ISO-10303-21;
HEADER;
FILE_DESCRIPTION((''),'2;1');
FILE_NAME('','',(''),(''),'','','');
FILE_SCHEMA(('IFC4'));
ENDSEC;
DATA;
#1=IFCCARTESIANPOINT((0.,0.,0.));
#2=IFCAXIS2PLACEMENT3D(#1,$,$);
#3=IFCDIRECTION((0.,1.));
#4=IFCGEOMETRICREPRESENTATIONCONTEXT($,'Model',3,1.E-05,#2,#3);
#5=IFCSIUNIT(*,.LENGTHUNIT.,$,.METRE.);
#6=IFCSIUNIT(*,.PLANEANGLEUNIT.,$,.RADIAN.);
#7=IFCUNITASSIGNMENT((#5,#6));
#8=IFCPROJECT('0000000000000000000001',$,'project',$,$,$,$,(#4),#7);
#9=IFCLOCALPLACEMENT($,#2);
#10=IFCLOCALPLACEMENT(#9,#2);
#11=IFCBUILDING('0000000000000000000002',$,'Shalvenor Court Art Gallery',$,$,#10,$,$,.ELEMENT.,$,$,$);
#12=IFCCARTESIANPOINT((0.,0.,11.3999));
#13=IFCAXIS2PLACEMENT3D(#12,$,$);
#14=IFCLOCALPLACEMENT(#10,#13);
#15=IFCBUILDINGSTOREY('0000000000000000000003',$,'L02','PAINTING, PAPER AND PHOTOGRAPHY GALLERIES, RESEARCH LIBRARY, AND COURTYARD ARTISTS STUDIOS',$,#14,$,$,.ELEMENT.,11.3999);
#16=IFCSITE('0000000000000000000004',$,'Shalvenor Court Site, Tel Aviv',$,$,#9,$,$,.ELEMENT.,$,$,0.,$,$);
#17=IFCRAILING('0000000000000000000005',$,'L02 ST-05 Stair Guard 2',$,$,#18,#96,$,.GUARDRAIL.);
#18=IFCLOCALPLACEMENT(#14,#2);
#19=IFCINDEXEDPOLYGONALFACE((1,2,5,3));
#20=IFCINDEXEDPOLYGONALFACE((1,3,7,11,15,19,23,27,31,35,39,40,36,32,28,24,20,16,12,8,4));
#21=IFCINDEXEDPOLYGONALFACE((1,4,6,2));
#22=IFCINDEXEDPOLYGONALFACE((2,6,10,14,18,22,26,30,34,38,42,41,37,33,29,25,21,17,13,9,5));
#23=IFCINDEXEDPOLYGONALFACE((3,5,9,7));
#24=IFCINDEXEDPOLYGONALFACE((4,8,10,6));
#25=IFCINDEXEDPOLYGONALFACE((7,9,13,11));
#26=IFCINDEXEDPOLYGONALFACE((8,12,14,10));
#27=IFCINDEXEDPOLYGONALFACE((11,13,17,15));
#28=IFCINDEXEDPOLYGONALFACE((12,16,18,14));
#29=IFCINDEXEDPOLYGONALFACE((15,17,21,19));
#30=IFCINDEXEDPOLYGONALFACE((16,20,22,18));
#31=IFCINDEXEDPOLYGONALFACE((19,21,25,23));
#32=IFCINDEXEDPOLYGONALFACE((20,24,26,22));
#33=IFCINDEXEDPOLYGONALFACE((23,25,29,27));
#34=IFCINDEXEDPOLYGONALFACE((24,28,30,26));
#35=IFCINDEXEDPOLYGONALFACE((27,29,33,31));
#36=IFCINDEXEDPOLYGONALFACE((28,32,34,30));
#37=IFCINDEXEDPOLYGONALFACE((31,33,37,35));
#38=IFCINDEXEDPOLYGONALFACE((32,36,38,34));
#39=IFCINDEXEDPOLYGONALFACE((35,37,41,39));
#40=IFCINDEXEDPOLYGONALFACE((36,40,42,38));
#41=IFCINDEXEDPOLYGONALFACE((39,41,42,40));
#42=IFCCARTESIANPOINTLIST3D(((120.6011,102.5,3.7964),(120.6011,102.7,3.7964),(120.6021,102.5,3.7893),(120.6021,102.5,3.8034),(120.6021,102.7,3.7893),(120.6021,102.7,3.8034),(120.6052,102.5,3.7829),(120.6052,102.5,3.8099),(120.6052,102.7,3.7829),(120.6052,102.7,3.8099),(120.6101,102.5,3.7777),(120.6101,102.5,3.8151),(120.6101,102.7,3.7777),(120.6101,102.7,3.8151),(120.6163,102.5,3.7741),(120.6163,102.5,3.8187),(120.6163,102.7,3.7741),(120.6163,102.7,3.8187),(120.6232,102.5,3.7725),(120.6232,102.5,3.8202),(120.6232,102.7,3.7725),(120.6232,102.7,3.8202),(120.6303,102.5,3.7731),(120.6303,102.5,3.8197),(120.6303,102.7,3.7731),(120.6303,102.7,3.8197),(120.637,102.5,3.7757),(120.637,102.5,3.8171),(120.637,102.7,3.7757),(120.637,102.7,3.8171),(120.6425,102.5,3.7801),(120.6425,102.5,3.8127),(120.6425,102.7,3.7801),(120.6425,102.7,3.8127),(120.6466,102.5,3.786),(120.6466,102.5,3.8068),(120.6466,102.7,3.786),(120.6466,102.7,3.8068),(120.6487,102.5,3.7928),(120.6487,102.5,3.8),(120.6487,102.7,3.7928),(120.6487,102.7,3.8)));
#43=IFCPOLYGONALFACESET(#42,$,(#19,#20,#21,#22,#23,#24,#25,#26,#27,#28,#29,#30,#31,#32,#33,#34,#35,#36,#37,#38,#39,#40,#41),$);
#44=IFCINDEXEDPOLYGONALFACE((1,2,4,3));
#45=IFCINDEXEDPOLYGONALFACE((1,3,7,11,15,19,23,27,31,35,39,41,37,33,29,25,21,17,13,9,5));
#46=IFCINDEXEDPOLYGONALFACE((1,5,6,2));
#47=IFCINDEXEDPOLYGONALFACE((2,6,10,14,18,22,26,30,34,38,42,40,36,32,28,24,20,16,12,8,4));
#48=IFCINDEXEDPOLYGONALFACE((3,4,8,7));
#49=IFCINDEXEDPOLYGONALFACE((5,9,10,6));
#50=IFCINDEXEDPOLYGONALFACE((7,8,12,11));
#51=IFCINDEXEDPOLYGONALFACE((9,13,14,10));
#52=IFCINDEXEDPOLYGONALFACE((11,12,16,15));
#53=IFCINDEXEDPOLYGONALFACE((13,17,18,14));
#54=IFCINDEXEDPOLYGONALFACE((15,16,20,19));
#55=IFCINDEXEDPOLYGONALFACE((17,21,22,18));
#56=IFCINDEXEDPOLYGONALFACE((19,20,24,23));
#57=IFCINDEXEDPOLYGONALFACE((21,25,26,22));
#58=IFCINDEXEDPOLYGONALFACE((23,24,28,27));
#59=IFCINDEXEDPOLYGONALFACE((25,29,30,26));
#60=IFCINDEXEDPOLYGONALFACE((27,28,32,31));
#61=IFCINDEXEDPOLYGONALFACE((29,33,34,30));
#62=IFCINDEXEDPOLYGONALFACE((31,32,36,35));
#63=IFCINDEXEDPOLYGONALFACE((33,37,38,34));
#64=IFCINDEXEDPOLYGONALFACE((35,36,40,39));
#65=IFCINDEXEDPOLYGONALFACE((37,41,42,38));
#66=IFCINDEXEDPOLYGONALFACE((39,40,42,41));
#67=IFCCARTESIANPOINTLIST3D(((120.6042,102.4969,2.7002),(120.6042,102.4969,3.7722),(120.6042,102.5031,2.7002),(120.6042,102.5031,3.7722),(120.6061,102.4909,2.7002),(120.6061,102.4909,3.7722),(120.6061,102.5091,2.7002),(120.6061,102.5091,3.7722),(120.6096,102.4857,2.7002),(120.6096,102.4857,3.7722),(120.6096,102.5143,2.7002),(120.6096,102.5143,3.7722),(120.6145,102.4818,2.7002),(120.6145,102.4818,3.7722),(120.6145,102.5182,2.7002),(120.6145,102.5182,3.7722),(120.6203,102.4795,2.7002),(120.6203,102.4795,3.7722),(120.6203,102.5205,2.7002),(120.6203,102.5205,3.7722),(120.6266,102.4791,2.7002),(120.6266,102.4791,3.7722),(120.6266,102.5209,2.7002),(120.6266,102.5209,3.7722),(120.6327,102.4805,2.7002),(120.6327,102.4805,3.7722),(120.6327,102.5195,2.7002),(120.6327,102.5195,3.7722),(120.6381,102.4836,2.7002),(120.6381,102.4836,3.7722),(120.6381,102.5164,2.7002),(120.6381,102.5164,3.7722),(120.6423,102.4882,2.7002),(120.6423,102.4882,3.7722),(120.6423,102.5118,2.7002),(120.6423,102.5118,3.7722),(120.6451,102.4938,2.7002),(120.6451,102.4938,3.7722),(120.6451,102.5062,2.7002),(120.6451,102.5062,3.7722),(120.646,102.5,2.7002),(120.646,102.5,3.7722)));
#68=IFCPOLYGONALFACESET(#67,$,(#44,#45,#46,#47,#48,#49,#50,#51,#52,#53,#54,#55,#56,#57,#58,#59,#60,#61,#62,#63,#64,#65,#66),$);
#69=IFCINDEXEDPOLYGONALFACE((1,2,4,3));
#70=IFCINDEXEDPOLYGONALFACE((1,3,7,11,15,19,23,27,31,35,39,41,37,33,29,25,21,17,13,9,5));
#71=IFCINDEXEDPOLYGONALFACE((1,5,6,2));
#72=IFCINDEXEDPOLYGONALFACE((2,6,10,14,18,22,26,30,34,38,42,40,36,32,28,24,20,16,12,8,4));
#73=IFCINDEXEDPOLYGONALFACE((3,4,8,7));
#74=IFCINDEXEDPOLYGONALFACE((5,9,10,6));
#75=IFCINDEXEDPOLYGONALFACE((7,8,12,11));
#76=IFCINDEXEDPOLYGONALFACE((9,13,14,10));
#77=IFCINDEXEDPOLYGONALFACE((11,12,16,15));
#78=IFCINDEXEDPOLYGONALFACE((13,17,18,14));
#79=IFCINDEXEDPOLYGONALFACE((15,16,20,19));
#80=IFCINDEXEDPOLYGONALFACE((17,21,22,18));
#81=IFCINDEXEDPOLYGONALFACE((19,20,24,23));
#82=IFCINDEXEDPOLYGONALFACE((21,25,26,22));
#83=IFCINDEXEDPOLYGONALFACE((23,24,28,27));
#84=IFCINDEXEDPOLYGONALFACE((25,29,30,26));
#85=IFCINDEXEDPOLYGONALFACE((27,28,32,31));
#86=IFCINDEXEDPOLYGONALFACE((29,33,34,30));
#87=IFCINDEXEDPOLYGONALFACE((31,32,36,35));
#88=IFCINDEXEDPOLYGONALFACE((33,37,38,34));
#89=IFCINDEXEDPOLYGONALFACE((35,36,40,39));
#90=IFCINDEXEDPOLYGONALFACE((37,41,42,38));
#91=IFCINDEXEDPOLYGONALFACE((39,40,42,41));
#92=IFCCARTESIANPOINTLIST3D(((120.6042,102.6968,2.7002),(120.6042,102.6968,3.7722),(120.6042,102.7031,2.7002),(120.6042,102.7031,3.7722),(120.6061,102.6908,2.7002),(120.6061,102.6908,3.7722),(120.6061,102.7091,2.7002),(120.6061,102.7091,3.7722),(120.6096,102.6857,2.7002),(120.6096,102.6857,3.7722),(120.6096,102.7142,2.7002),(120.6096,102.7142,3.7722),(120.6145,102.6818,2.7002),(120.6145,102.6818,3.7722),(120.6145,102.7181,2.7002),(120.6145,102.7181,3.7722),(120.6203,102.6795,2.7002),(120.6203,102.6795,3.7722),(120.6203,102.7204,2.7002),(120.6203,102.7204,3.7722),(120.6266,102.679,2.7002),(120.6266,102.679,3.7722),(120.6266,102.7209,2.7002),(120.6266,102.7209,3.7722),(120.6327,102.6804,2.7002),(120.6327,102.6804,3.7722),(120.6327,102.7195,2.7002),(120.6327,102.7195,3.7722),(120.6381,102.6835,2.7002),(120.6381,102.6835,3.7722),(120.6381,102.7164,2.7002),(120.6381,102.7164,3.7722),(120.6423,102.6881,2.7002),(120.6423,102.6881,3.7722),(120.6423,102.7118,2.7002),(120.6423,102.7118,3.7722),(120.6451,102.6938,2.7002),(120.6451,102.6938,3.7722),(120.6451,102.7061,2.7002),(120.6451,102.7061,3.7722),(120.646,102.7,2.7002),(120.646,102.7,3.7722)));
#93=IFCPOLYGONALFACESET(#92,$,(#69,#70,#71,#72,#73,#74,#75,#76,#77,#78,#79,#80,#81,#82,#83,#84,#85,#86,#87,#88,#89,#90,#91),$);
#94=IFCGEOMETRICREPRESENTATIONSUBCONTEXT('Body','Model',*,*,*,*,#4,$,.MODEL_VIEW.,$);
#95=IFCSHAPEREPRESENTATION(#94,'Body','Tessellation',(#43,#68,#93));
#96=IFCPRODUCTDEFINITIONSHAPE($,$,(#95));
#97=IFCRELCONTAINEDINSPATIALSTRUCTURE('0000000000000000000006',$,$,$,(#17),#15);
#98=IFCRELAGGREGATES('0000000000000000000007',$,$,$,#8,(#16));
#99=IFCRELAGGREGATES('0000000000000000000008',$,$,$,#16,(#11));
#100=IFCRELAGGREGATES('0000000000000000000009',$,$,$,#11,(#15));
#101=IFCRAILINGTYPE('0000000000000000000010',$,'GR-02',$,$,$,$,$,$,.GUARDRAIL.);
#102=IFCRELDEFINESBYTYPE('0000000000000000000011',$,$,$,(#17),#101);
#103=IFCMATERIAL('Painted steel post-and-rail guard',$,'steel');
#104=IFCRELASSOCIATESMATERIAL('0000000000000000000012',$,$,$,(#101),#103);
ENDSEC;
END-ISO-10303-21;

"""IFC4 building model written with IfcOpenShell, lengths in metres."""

from ifc_helpers import new_model, si_unit, direction, frame, origin, origin_2d, place, context, subcontext, project, spatial, circle, extrude, material, type_object, element, save


model = new_model("IFC4")

# Units and contexts
model_context = context("Model", 3, precision=1e-05, world=origin(), true_north=direction((0.0, 1.0)))
body_context = subcontext(model_context, "Body", "Model", "MODEL_VIEW")
ifc_project = project(units=[si_unit("LENGTHUNIT", "METRE"), si_unit("PLANEANGLEUNIT", "RADIAN")], contexts=[model_context])

# Site, building, storey
site_placement = place(None, origin())
site = spatial("IfcSite", under=ifc_project, at=site_placement, Name="Shalvenor Court Site, Tel Aviv", CompositionType="ELEMENT", RefElevation=0.0)
building_placement = place(site_placement, origin())
building = spatial("IfcBuilding", under=site, at=building_placement, Name="Shalvenor Court Art Gallery", CompositionType="ELEMENT")
storey_placement = place(building_placement, frame((0.0, 0.0, 11.3999)))
storey = spatial("IfcBuildingStorey", under=building, at=storey_placement, Name="L02", Description="PAINTING, PAPER AND PHOTOGRAPHY GALLERIES, RESEARCH LIBRARY, AND COURTYARD ARTISTS STUDIOS", CompositionType="ELEMENT", Elevation=11.3999)

# Railing
ifc_material_1 = material(Name="Painted steel post-and-rail guard", Category="steel")
railing_type_1 = type_object("IfcRailingType", Name="GR-02", PredefinedType="GUARDRAIL", material=ifc_material_1)
railing_1_placement = place(storey_placement, frame((120.625, 102.5, 2.7002)))
element("IfcRailing", 1, at=railing_1_placement, inside=storey, type_object=railing_type_1, Name="L02 ST-05 Stair Guard 2", PredefinedType="GUARDRAIL", context=body_context, shape_type="SweptSolid", body=[
    extrude(circle(Radius=0.0239, at=origin_2d()), frame((0.0, 0.0, 1.0962), z_axis=(0.0, 1.0, 0.0), x_axis=(-1.0, 0.0, 0.0)), (0.0, 0.0, 1.0), 0.2),
    extrude(circle(Radius=0.021, at=origin_2d()), origin(), (0.0, 0.0, 1.0), 1.072),
    extrude(circle(Radius=0.021, at=origin_2d()), frame((0.0, 0.2, 0.0)), (0.0, 0.0, 1.0), 1.072),
])

save(model, "model.ifc")
